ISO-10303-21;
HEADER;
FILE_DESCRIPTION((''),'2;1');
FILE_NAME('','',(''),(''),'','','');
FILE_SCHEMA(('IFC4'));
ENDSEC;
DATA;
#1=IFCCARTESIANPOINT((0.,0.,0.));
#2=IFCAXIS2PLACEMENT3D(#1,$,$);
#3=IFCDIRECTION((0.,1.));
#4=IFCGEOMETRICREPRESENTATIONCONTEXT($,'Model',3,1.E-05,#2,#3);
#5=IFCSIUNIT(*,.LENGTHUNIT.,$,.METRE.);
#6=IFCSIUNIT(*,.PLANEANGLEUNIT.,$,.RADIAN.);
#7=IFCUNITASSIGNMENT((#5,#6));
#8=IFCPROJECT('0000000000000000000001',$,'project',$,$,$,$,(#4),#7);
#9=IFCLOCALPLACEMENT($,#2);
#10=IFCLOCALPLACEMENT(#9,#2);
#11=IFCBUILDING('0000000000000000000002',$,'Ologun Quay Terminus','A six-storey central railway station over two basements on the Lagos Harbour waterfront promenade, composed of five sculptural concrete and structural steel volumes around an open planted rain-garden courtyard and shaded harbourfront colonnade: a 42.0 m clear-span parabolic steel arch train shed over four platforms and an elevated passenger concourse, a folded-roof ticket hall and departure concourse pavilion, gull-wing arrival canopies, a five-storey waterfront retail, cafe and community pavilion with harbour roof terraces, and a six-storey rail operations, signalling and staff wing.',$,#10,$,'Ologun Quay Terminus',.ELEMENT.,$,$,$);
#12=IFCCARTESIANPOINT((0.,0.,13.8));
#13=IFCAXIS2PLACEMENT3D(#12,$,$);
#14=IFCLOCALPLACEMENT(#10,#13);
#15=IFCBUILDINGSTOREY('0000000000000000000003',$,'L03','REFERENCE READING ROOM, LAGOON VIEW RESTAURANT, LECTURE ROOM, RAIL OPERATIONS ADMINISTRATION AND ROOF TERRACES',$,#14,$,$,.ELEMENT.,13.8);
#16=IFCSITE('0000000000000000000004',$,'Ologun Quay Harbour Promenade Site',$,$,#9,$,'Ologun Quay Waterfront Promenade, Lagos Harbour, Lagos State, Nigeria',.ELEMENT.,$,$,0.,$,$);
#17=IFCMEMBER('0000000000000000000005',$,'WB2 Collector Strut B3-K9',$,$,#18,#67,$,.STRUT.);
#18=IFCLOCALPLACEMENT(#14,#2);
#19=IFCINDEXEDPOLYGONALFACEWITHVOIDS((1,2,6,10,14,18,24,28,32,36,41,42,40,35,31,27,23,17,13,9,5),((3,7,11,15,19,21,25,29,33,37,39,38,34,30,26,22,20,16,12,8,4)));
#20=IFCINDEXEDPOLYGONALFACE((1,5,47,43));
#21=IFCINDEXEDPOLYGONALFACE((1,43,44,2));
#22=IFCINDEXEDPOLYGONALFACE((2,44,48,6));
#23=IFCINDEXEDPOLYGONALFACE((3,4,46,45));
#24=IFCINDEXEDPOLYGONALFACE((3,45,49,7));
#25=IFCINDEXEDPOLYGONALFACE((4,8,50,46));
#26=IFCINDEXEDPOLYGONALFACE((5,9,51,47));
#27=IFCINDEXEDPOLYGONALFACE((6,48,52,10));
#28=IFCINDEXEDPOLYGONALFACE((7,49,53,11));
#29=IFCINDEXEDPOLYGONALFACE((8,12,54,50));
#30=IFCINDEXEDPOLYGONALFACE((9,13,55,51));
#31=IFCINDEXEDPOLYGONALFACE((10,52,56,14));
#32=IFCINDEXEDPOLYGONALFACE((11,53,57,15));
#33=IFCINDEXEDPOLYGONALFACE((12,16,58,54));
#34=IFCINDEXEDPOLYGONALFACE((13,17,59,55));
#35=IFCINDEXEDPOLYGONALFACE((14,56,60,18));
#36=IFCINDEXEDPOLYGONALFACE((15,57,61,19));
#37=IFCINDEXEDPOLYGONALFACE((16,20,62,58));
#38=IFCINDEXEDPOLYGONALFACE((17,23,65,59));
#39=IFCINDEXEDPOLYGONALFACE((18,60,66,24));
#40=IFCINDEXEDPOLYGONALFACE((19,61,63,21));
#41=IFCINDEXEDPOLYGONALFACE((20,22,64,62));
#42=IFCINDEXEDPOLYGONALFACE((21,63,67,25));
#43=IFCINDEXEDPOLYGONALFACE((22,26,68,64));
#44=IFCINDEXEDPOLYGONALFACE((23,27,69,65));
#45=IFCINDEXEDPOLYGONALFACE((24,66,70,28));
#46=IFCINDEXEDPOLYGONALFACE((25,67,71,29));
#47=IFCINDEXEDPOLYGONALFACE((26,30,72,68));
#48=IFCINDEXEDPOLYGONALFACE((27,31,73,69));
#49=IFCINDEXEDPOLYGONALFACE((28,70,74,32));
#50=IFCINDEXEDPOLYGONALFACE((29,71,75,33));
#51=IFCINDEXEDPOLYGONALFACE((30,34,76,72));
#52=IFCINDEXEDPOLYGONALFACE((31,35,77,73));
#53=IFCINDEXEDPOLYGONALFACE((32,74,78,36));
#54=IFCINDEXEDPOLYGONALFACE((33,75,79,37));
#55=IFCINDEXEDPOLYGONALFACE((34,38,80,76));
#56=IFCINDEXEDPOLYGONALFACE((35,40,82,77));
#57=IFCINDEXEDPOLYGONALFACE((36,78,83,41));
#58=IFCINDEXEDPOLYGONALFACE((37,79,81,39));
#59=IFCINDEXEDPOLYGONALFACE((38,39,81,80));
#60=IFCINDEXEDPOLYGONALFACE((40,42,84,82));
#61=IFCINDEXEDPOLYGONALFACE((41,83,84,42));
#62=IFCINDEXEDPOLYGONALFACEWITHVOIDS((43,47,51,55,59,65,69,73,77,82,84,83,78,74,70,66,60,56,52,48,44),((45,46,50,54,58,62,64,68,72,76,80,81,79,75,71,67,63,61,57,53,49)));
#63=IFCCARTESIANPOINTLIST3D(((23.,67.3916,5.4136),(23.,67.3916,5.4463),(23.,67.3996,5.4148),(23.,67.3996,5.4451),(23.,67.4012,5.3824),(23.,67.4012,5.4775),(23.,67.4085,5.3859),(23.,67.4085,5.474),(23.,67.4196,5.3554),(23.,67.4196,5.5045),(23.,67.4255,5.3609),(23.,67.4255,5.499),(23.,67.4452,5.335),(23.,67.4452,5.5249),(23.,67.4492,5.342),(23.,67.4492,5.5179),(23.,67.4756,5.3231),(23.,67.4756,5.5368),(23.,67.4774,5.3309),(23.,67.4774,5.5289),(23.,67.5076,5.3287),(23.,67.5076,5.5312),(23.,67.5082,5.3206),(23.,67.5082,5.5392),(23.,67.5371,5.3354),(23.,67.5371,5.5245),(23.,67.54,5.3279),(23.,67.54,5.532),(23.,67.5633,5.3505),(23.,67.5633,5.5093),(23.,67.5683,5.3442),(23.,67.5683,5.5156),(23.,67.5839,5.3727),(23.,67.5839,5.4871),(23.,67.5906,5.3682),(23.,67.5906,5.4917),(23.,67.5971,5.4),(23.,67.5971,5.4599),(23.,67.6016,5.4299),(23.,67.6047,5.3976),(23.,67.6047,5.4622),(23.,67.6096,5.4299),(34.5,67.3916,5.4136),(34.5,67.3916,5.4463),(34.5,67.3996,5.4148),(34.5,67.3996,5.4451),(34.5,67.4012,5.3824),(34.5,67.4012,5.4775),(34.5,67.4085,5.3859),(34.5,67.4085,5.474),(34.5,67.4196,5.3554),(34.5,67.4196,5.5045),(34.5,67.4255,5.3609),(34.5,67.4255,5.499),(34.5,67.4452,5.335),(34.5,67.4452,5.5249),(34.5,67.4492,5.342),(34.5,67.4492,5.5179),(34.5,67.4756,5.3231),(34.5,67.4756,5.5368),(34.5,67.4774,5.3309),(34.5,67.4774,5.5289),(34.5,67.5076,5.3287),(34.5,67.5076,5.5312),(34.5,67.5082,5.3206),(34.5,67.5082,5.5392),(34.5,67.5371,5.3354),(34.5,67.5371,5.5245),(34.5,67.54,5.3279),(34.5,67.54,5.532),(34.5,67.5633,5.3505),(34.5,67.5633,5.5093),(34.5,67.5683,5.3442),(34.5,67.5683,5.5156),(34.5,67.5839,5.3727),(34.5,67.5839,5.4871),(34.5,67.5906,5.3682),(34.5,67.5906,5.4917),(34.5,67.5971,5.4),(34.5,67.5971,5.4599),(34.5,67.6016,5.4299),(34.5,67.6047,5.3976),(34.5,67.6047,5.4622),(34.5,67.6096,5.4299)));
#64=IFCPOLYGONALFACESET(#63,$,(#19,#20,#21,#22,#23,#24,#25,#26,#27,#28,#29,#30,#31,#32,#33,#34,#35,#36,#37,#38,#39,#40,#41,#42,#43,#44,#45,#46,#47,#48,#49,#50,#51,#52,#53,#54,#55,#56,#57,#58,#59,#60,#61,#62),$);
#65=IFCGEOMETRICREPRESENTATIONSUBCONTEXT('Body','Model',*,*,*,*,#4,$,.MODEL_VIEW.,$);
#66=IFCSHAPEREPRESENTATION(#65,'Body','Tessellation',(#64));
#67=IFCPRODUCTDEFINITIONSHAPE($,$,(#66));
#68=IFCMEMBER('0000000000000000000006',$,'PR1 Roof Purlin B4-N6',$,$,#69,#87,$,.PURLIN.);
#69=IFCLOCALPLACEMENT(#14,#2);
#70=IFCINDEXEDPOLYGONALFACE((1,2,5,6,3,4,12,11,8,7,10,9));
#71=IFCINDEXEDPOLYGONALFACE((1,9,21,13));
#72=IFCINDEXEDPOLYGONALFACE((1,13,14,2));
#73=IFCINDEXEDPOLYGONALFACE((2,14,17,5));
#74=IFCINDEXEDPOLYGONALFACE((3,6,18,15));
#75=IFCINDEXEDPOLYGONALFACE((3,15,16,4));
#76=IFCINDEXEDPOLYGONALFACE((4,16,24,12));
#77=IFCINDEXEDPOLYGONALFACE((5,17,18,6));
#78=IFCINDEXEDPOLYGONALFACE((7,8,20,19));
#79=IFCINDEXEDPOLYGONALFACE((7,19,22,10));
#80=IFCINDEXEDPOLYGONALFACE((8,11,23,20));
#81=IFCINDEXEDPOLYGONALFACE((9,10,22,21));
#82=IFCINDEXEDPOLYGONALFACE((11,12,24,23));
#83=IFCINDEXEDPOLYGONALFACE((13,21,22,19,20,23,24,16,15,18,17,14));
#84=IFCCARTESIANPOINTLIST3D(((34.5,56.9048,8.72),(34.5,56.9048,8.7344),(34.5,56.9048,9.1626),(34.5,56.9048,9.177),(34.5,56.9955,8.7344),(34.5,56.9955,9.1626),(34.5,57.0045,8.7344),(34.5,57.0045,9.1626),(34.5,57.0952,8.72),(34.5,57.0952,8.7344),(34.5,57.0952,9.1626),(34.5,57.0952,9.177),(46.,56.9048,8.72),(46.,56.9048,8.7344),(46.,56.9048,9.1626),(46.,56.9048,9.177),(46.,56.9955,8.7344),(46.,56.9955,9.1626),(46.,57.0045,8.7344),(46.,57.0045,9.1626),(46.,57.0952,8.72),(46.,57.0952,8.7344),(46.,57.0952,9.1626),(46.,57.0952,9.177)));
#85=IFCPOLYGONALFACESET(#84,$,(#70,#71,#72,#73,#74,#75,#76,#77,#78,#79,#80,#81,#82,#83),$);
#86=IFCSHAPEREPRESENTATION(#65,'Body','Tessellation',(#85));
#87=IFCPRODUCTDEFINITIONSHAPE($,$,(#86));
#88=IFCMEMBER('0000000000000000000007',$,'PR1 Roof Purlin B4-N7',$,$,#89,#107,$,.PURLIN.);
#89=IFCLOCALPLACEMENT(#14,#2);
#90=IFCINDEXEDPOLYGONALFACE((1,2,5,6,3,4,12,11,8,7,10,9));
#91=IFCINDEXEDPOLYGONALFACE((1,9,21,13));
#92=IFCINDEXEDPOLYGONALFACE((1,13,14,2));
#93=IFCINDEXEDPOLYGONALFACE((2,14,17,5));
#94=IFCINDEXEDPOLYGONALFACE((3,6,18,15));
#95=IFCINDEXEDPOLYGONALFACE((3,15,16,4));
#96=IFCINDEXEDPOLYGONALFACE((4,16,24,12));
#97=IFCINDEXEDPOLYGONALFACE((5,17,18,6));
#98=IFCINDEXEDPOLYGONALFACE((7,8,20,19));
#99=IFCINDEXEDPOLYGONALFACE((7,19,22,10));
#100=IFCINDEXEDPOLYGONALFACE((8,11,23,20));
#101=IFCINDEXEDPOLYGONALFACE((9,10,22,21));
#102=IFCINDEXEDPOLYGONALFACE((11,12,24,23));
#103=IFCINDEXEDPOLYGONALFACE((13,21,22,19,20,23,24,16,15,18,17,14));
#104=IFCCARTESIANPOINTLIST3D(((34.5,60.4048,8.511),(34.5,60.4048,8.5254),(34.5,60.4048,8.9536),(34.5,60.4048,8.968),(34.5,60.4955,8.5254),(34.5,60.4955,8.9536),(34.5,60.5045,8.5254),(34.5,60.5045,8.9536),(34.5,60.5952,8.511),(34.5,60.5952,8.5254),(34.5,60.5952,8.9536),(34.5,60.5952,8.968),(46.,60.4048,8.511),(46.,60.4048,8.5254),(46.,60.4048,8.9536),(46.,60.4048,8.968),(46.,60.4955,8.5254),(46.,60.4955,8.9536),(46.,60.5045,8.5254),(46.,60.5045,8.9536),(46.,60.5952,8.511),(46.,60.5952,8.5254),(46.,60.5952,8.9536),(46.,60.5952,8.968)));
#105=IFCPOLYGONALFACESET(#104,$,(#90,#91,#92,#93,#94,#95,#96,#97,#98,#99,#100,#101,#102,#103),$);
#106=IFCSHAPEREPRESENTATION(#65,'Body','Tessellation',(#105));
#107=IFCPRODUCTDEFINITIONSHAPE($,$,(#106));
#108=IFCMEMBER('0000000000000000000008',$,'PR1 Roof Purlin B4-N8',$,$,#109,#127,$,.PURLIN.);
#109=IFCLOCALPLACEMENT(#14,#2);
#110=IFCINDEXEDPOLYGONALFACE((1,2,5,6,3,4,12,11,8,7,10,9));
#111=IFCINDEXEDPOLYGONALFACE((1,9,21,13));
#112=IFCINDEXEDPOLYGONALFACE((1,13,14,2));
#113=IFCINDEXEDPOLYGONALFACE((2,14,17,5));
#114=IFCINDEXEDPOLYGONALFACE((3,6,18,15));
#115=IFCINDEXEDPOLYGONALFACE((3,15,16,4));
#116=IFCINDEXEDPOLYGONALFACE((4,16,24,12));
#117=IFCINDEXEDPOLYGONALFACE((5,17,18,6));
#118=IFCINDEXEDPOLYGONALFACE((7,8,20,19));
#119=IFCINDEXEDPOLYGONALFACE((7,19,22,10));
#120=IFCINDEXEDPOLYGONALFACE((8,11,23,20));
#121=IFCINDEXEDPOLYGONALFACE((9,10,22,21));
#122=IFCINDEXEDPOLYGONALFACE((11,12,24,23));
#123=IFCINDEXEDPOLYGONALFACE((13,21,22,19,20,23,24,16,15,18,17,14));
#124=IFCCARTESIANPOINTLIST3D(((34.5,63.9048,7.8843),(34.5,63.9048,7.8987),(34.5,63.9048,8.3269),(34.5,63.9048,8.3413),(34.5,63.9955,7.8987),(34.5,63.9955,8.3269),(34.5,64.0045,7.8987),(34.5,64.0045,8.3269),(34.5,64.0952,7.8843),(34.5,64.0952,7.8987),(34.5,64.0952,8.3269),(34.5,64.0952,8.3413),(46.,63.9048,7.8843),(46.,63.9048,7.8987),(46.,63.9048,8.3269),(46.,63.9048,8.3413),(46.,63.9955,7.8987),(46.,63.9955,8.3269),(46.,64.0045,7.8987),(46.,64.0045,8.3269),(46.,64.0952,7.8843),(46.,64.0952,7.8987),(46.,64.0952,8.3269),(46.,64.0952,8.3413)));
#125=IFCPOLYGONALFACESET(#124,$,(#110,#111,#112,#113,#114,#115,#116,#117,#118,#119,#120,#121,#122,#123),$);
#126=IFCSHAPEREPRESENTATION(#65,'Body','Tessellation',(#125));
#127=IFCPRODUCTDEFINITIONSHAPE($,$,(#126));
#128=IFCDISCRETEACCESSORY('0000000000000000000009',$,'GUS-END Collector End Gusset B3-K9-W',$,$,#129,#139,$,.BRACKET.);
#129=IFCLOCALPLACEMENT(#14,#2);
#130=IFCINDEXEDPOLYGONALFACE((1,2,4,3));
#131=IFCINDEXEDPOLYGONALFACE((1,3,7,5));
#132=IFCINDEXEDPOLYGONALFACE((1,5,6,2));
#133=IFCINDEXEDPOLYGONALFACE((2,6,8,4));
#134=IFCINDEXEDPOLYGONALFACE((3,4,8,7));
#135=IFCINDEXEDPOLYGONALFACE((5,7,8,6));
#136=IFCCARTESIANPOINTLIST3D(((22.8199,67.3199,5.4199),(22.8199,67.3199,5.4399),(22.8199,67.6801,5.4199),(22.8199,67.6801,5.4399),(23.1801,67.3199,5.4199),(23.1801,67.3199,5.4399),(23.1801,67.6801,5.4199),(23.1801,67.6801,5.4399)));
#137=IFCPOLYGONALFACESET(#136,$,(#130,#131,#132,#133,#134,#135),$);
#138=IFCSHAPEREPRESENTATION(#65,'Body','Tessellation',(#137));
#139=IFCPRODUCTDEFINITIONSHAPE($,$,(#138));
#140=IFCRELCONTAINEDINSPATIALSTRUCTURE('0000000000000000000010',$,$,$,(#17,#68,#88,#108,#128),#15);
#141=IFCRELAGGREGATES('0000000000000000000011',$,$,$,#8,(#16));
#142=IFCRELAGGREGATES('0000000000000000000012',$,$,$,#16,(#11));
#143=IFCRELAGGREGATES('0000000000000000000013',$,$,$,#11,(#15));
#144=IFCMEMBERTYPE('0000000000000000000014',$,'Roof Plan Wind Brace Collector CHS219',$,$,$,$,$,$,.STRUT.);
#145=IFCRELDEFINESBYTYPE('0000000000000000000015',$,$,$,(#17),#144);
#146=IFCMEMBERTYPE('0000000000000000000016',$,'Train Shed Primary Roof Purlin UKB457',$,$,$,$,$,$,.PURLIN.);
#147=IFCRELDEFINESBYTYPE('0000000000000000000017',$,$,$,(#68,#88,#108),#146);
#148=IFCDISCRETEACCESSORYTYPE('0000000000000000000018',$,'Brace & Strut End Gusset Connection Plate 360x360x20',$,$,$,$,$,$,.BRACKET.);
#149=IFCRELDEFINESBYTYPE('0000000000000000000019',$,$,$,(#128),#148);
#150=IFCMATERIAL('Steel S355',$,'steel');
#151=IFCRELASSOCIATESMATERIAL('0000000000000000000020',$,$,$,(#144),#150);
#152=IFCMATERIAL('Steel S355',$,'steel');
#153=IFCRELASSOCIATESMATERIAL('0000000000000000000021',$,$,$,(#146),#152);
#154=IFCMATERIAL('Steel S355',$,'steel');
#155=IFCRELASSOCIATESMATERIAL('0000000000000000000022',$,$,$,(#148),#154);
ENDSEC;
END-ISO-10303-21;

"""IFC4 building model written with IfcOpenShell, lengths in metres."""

from ifc_helpers import new_model, si_unit, direction, frame, origin, origin_2d, place, context, subcontext, project, spatial, rectangle, hollow_circle, i_section, extrude, material, material_profile, profile_set, type_object, element, save


model = new_model("IFC4")

# Units and contexts
model_context = context("Model", 3, precision=1e-05, world=origin(), true_north=direction((0.0, 1.0)))
body_context = subcontext(model_context, "Body", "Model", "MODEL_VIEW")
ifc_project = project(units=[si_unit("LENGTHUNIT", "METRE"), si_unit("PLANEANGLEUNIT", "RADIAN")], contexts=[model_context])

# Site, building, storey
site_placement = place(None, origin())
site = spatial("IfcSite", under=ifc_project, at=site_placement, Name="Ologun Quay Harbour Promenade Site", LongName="Ologun Quay Waterfront Promenade, Lagos Harbour, Lagos State, Nigeria", CompositionType="ELEMENT", RefElevation=0.0)
building_placement = place(site_placement, origin())
building = spatial("IfcBuilding", under=site, at=building_placement, Name="Ologun Quay Terminus", Description="A six-storey central railway station over two basements on the Lagos Harbour waterfront promenade, composed of five sculptural concrete and structural steel volumes around an open planted rain-garden courtyard and shaded harbourfront colonnade: a 42.0 m clear-span parabolic steel arch train shed over four platforms and an elevated passenger concourse, a folded-roof ticket hall and departure concourse pavilion, gull-wing arrival canopies, a five-storey waterfront retail, cafe and community pavilion with harbour roof terraces, and a six-storey rail operations, signalling and staff wing.", LongName="Ologun Quay Terminus", CompositionType="ELEMENT")
storey_placement = place(building_placement, frame((0.0, 0.0, 13.8)))
storey = spatial("IfcBuildingStorey", under=building, at=storey_placement, Name="L03", Description="REFERENCE READING ROOM, LAGOON VIEW RESTAURANT, LECTURE ROOM, RAIL OPERATIONS ADMINISTRATION AND ROOF TERRACES", CompositionType="ELEMENT", Elevation=13.8)

# Members
ifc_material_1 = material(Name="Steel S355", Category="steel")
ifc_material_profile_1 = material_profile(ifc_material_1, hollow_circle(Radius=0.1096, WallThickness=0.0081, at=origin_2d()), Name="CHS 219.1x8")
ifc_profile_set_1 = profile_set([ifc_material_profile_1], Name="Steel S355")
member_type_1 = type_object("IfcMemberType", Name="Roof Plan Wind Brace Collector CHS219", PredefinedType="STRUT", material=ifc_profile_set_1)
member_1_placement = place(storey_placement, frame((23.0, 67.5, 5.4299), z_axis=(1.0, 0.0, 0.0), x_axis=(0.0, 1.0, 0.0)))
element("IfcMember", 1, at=member_1_placement, inside=storey, type_object=member_type_1, Name="WB2 Collector Strut B3-K9", PredefinedType="STRUT", context=body_context, shape_type="SweptSolid", body=[
    extrude(hollow_circle(Radius=0.1096, WallThickness=0.0081, at=origin_2d()), origin(), (0.0, 0.0, 1.0), 11.5),
])
ifc_material_2 = material(Name="Steel S355", Category="steel")
ifc_material_profile_2 = material_profile(ifc_material_2, i_section(OverallWidth=0.1904, OverallDepth=0.457, WebThickness=0.009, FlangeThickness=0.0144, at=origin_2d()), Name="UKB 457x191x74")
ifc_profile_set_2 = profile_set([ifc_material_profile_2], Name="Steel S355")
member_type_2 = type_object("IfcMemberType", Name="Train Shed Primary Roof Purlin UKB457", PredefinedType="PURLIN", material=ifc_profile_set_2)
for number, where, z_axis, x_axis, name in (
    (2, (34.5, 57.0, 8.9485), (1.0, 0.0, 0.0), (0.0, 1.0, 0.0), "PR1 Roof Purlin B4-N6"),
    (3, (34.5, 60.5, 8.7395), (1.0, 0.0, 0.0), (0.0, 1.0, 0.0), "PR1 Roof Purlin B4-N7"),
    (4, (34.5, 64.0, 8.1128), (1.0, 0.0, 0.0), (0.0, 1.0, 0.0), "PR1 Roof Purlin B4-N8"),
):
    element("IfcMember", number, at=place(storey_placement, frame(where, z_axis=z_axis, x_axis=x_axis)), inside=storey, type_object=member_type_2, Name=name, PredefinedType="PURLIN", context=body_context, shape_type="SweptSolid", body=[
        extrude(i_section(OverallWidth=0.1904, OverallDepth=0.457, WebThickness=0.009, FlangeThickness=0.0144, at=origin_2d()), origin(), (0.0, 0.0, 1.0), 11.5),
    ])

# Discrete accessory
ifc_material_3 = material(Name="Steel S355", Category="steel")
discrete_accessory_type = type_object("IfcDiscreteAccessoryType", Name="Brace & Strut End Gusset Connection Plate 360x360x20", PredefinedType="BRACKET", material=ifc_material_3)
discrete_accessory_placement = place(storey_placement, frame((23.0, 67.5, 5.4199), z_axis=(0.0, 0.0, 1.0), x_axis=(1.0, 0.0, 0.0)))
element("IfcDiscreteAccessory", 5, at=discrete_accessory_placement, inside=storey, type_object=discrete_accessory_type, Name="GUS-END Collector End Gusset B3-K9-W", PredefinedType="BRACKET", context=body_context, shape_type="SweptSolid", body=[
    extrude(rectangle(XDim=0.3601, YDim=0.3601, at=origin_2d()), origin(), (0.0, 0.0, 1.0), 0.02),
])

save(model, "model.ifc")
